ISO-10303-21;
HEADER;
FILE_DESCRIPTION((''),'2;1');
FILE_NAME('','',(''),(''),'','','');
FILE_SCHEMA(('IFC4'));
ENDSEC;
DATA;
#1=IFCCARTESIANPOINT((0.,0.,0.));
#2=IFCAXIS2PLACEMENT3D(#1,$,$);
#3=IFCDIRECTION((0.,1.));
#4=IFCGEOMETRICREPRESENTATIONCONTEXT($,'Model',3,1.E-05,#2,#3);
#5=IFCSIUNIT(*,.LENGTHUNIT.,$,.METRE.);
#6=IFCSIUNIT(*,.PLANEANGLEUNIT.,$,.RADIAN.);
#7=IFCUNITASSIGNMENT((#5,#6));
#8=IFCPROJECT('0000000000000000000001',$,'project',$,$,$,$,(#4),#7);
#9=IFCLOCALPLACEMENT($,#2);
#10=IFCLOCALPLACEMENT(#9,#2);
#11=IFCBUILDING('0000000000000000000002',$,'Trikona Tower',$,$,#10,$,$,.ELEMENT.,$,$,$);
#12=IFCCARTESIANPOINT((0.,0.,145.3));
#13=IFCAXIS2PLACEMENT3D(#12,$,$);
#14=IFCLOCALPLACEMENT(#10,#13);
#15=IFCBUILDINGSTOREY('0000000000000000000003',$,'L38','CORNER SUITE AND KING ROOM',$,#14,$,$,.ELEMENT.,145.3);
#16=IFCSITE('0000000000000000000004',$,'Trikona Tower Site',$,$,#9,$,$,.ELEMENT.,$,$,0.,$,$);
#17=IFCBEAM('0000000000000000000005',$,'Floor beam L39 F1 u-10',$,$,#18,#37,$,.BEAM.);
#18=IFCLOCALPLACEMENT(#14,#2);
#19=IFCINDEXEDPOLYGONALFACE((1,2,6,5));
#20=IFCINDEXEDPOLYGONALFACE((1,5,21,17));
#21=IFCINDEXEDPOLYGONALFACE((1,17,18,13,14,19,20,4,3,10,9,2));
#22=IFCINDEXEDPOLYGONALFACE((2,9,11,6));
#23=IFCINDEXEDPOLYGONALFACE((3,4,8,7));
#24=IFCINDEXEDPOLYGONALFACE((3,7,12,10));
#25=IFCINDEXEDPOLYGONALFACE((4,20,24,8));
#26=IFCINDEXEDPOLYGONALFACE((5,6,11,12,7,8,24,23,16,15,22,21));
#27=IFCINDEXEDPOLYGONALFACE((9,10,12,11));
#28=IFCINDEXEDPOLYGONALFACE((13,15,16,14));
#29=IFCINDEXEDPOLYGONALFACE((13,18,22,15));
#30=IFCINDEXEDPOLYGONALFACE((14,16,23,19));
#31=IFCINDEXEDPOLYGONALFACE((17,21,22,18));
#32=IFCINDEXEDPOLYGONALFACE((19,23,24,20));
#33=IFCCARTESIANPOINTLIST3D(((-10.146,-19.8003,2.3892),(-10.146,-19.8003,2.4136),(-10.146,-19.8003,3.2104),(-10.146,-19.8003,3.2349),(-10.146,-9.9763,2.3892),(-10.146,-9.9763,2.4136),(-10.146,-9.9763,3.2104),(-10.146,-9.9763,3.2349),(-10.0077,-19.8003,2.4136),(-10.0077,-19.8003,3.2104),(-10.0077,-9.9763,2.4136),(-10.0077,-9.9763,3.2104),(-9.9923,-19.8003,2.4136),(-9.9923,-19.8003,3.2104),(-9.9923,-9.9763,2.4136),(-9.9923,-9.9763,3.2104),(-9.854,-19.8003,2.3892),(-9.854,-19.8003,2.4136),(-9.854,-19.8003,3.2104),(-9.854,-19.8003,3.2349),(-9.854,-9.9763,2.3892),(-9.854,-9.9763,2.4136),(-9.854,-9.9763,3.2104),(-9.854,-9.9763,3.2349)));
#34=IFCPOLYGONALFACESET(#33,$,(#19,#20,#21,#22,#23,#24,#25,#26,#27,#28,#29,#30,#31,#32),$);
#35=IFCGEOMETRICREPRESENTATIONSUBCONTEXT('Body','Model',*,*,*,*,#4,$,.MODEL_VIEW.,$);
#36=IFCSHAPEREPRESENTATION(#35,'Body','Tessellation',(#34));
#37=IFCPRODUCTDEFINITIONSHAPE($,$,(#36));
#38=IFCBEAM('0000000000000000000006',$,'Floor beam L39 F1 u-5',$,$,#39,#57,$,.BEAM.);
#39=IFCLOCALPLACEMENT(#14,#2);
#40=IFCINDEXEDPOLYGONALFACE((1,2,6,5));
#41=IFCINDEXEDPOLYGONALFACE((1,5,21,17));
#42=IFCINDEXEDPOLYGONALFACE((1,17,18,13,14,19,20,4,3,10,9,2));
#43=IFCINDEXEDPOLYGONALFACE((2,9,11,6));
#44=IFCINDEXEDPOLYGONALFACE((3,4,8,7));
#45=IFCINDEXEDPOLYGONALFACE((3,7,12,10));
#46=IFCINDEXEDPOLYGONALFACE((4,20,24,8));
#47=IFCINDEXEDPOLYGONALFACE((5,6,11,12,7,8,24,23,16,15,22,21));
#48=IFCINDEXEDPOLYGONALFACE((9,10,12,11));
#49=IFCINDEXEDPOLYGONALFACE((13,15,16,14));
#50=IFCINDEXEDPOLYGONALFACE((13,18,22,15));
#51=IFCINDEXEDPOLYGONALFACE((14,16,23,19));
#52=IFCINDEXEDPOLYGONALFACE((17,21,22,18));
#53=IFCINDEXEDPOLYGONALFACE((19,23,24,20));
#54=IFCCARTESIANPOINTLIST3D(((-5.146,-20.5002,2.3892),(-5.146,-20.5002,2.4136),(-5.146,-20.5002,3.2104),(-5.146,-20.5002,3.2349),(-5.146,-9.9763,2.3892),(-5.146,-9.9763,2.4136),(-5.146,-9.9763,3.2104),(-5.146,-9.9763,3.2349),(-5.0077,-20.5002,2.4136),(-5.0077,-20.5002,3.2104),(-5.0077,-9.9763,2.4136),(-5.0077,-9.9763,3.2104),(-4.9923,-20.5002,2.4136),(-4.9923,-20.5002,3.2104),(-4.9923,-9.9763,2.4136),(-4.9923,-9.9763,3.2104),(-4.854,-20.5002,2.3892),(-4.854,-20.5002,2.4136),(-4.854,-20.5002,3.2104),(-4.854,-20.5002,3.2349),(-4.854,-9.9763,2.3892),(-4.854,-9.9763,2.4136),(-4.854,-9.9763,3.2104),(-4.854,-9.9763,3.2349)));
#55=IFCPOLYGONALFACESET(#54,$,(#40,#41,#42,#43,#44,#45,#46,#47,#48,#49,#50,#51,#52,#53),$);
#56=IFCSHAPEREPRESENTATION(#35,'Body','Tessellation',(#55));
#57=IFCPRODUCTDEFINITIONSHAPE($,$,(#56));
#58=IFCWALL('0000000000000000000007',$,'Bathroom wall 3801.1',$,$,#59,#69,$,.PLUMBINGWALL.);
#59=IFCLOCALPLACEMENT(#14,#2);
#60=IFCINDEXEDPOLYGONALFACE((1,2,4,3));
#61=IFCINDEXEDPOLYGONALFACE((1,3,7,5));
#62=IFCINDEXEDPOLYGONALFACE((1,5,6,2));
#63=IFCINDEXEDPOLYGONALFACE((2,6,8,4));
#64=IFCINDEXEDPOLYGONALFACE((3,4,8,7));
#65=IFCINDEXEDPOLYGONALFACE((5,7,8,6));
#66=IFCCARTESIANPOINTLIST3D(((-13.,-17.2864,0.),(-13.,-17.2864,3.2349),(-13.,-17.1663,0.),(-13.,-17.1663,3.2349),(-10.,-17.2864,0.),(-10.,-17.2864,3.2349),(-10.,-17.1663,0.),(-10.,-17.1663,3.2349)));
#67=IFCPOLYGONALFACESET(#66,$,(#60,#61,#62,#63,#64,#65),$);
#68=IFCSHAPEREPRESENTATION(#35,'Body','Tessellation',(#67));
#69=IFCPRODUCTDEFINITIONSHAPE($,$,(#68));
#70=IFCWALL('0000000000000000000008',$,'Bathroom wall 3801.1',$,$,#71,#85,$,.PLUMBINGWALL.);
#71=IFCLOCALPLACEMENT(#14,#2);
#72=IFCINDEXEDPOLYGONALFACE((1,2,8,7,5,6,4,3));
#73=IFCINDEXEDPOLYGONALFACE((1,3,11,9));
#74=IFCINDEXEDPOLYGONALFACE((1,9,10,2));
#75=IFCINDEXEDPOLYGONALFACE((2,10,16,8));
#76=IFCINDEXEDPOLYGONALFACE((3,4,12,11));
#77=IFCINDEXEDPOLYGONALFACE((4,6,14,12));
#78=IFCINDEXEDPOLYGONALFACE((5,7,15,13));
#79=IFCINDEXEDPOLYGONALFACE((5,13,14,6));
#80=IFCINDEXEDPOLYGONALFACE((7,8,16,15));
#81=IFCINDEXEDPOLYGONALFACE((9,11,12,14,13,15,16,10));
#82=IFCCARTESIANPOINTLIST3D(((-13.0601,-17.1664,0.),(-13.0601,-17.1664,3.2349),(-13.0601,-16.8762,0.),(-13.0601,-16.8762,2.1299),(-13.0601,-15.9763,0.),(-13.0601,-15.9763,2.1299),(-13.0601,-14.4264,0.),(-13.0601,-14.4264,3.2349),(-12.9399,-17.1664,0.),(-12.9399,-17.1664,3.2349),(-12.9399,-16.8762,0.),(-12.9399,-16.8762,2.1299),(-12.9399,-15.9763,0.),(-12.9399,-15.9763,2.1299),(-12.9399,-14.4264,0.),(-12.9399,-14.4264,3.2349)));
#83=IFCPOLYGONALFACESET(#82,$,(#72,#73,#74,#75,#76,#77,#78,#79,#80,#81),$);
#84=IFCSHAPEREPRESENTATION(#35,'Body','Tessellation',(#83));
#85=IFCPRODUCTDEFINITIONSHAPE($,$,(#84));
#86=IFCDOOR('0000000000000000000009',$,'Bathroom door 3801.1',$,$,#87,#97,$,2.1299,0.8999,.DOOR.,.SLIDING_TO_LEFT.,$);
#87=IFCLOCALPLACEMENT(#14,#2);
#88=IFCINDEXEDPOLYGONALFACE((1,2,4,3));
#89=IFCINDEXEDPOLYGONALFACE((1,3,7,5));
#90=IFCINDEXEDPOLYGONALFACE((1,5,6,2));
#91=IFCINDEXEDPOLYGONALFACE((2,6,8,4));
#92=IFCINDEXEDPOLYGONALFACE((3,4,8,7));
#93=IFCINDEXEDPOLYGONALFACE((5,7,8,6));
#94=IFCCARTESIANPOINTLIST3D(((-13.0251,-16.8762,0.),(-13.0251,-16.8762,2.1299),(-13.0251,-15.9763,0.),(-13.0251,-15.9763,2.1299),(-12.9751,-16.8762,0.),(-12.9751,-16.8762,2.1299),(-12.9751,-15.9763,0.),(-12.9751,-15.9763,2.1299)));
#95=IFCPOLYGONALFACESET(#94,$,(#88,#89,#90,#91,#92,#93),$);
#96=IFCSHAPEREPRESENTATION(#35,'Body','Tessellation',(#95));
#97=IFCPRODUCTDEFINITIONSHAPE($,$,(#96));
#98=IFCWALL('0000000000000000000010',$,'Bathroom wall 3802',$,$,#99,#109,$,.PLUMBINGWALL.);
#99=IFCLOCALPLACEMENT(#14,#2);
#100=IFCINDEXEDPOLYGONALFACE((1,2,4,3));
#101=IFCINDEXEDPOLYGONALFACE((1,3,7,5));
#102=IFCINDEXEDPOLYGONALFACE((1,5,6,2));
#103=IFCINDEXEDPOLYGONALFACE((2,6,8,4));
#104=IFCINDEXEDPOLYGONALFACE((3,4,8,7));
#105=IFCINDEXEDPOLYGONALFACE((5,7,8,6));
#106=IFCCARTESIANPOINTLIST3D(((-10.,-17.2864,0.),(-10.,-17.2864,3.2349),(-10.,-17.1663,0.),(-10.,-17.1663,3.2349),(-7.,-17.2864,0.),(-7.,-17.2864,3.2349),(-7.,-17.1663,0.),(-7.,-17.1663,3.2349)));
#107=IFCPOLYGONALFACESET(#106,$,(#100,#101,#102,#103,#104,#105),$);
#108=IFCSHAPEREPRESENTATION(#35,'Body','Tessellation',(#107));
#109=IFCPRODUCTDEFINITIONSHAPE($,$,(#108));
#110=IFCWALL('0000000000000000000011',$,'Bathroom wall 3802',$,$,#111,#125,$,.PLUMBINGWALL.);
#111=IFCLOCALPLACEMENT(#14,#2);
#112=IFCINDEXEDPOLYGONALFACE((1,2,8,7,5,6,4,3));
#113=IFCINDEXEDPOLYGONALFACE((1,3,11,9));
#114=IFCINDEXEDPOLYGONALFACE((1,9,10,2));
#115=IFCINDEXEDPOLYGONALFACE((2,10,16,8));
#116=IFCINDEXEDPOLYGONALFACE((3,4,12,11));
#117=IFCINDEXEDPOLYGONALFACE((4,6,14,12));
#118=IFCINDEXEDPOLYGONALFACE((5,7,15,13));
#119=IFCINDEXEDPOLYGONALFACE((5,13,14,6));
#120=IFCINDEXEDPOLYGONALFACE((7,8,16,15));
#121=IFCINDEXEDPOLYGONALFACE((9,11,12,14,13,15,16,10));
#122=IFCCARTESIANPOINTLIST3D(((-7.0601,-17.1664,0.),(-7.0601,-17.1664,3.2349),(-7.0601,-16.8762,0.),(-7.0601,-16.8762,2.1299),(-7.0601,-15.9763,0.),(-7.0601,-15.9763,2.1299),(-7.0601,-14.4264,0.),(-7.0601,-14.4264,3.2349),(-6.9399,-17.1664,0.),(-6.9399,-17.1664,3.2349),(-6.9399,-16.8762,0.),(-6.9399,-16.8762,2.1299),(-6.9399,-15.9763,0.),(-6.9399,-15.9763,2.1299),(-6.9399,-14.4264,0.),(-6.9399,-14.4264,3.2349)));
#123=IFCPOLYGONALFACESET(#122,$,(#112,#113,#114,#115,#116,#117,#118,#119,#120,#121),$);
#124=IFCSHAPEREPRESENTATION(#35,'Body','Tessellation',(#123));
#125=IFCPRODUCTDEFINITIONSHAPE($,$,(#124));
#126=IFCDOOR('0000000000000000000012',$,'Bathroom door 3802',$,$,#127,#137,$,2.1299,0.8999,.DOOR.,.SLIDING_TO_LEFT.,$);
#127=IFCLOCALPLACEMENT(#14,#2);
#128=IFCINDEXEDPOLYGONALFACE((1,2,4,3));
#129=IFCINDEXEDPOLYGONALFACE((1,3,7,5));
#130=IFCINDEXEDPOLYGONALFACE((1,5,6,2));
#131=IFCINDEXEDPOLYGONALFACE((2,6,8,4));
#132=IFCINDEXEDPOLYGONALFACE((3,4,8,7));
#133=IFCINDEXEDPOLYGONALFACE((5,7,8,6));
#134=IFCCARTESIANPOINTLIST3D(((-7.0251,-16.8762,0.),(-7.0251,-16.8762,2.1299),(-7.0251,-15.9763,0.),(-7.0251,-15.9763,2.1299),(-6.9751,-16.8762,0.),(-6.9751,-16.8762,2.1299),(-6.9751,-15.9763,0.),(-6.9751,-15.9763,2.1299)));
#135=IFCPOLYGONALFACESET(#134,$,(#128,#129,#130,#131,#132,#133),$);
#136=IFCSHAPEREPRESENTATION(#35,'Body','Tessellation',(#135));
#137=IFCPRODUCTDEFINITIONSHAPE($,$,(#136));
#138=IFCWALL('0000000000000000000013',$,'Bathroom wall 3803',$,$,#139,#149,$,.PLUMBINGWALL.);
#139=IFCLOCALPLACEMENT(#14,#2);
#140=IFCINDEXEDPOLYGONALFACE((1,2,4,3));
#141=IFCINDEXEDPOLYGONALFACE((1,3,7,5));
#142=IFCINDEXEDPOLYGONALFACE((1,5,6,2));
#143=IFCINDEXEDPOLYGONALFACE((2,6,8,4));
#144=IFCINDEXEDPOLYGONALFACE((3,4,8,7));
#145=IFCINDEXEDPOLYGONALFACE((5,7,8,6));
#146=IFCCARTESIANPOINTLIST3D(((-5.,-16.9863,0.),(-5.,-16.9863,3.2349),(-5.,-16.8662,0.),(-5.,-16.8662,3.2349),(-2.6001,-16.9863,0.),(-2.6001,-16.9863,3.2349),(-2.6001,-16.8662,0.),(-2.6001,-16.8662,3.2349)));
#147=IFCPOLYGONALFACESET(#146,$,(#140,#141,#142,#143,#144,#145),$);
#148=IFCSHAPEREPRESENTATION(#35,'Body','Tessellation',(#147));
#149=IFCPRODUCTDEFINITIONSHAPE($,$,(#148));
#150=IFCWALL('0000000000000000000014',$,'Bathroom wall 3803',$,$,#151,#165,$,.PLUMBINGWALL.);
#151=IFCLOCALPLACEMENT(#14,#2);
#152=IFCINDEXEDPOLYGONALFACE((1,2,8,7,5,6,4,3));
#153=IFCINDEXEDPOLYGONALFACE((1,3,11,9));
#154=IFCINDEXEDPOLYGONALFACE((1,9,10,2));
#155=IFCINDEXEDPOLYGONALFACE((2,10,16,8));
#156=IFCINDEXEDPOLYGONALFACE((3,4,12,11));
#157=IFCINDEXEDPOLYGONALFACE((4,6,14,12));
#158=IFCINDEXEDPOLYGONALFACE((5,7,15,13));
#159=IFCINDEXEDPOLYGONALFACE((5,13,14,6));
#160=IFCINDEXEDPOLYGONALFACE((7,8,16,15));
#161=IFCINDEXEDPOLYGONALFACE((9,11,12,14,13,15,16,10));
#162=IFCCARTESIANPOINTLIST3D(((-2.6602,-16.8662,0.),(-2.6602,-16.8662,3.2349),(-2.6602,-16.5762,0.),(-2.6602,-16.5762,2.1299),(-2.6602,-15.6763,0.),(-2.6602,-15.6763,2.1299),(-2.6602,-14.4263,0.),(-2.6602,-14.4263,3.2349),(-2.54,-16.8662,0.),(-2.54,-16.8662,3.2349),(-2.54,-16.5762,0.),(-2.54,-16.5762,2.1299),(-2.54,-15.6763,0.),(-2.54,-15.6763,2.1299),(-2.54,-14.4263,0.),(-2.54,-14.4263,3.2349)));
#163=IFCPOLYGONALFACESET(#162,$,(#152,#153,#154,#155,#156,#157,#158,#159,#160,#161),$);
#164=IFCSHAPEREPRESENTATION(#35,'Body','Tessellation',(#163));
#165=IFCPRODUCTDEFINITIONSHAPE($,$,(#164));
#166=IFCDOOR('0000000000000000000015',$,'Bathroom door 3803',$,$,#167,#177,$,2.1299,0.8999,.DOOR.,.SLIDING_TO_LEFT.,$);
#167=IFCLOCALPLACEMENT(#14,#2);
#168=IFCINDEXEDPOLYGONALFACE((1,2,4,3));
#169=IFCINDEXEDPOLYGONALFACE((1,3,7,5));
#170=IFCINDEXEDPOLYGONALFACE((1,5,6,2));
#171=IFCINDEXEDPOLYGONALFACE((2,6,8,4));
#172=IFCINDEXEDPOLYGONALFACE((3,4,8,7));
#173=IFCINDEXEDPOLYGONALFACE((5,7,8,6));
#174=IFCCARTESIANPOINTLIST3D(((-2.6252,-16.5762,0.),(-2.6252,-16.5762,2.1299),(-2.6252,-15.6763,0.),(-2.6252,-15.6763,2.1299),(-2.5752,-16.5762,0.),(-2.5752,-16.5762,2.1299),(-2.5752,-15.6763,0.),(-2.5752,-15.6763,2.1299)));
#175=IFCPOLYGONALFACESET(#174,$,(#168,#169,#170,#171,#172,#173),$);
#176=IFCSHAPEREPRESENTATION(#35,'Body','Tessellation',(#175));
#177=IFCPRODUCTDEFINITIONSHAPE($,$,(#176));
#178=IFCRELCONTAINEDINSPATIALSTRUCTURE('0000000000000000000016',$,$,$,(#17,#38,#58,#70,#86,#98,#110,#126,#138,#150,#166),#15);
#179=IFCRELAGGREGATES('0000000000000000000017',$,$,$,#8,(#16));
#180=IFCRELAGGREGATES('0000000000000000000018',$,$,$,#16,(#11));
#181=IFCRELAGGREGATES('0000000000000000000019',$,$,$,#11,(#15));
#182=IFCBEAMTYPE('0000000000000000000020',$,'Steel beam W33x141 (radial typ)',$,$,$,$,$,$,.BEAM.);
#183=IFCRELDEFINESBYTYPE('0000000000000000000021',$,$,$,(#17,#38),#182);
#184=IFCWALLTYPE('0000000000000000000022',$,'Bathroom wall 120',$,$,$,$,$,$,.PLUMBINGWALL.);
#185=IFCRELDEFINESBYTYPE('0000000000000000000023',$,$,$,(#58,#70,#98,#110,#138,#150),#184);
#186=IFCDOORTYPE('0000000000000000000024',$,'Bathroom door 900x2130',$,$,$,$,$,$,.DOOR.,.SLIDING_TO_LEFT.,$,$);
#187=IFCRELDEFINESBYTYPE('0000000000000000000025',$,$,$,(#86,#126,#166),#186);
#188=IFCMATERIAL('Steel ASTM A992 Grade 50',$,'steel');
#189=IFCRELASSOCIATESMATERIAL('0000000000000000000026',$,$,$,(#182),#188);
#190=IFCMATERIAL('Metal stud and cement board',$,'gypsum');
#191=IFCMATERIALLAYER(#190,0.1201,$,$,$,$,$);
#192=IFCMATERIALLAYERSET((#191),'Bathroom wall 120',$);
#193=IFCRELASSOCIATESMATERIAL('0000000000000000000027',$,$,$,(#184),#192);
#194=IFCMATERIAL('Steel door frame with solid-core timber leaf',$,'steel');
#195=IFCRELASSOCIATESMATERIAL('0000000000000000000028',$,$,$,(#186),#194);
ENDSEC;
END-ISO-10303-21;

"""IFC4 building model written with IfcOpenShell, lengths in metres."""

from ifc_helpers import new_model, si_unit, direction, frame, frame_2d, origin, origin_2d, place, context, subcontext, project, spatial, rectangle, i_section, extrude, material, layer, layer_set, material_profile, profile_set, type_object, element, fill, save


model = new_model("IFC4")

# Units and contexts
model_context = context("Model", 3, precision=1e-05, world=origin(), true_north=direction((0.0, 1.0)))
body_context = subcontext(model_context, "Body", "Model", "MODEL_VIEW")
ifc_project = project(units=[si_unit("LENGTHUNIT", "METRE"), si_unit("PLANEANGLEUNIT", "RADIAN")], contexts=[model_context])

# Site, building, storey
site_placement = place(None, origin())
site = spatial("IfcSite", under=ifc_project, at=site_placement, Name="Trikona Tower Site", CompositionType="ELEMENT", RefElevation=0.0)
building_placement = place(site_placement, origin())
building = spatial("IfcBuilding", under=site, at=building_placement, Name="Trikona Tower", CompositionType="ELEMENT")
storey_placement = place(building_placement, frame((0.0, 0.0, 145.3)))
storey = spatial("IfcBuildingStorey", under=building, at=storey_placement, Name="L38", Description="CORNER SUITE AND KING ROOM", CompositionType="ELEMENT", Elevation=145.3)

# Beams
ifc_material_1 = material(Name="Steel ASTM A992 Grade 50", Category="steel")
ifc_material_profile = material_profile(ifc_material_1, i_section(OverallWidth=0.292, OverallDepth=0.8457, WebThickness=0.0154, FlangeThickness=0.0244, at=origin_2d()), Name="W33X141")
ifc_profile_set = profile_set([ifc_material_profile], Name="Steel ASTM A992 Grade 50")
beam_type = type_object("IfcBeamType", Name="Steel beam W33x141 (radial typ)", PredefinedType="BEAM", material=ifc_profile_set)
beam_1_placement = place(storey_placement, frame((-10.0, -9.9763, 2.812), z_axis=(0.0, -1.0, 0.0), x_axis=(1.0, 0.0, 0.0)))
element("IfcBeam", 1, at=beam_1_placement, inside=storey, type_object=beam_type, Name="Floor beam L39 F1 u-10", PredefinedType="BEAM", context=body_context, shape_type="SweptSolid", body=[
    extrude(i_section(OverallWidth=0.292, OverallDepth=0.8457, WebThickness=0.0154, FlangeThickness=0.0244, at=origin_2d()), origin(), (0.0, 0.0, 1.0), 9.824),
])
beam_2_placement = place(storey_placement, frame((-5.0, -9.9763, 2.812), z_axis=(0.0, -1.0, 0.0), x_axis=(1.0, 0.0, 0.0)))
element("IfcBeam", 2, at=beam_2_placement, inside=storey, type_object=beam_type, Name="Floor beam L39 F1 u-5", PredefinedType="BEAM", context=body_context, shape_type="SweptSolid", body=[
    extrude(i_section(OverallWidth=0.292, OverallDepth=0.8457, WebThickness=0.0154, FlangeThickness=0.0244, at=origin_2d()), origin(), (0.0, 0.0, 1.0), 10.5239),
])

# Wall
ifc_material_2 = material(Name="Metal stud and cement board", Category="gypsum")
ifc_layer_1 = layer(ifc_material_2, 0.1201)
ifc_layer_set_1 = layer_set([ifc_layer_1], Name="Bathroom wall 120")
wall_type_1 = type_object("IfcWallType", Name="Bathroom wall 120", PredefinedType="PLUMBINGWALL", material=ifc_layer_set_1)
wall_1_placement = place(storey_placement, frame((-13.0, -17.2263, 0.0), z_axis=(0.0, 0.0, 1.0), x_axis=(1.0, 0.0, 0.0)))
element("IfcWall", 3, at=wall_1_placement, inside=storey, type_object=wall_type_1, Name="Bathroom wall 3801.1", PredefinedType="PLUMBINGWALL", context=body_context, shape_type="SweptSolid", body=[
    extrude(rectangle(XDim=3.0, YDim=0.1201, at=frame_2d((1.5, 0.0))), origin(), (0.0, 0.0, 1.0), 3.2349),
])

# Wall, opening, door
wall_2_placement = place(storey_placement, frame((-13.0, -14.4263, 0.0), z_axis=(0.0, 0.0, 1.0), x_axis=(0.0, -1.0, 0.0)))
wall_2 = element("IfcWall", 4, at=wall_2_placement, inside=storey, type_object=wall_type_1, Name="Bathroom wall 3801.1", PredefinedType="PLUMBINGWALL", context=body_context, shape_type="SweptSolid", body=[
    extrude(rectangle(XDim=2.74, YDim=0.1201, at=frame_2d((1.3701, 0.0))), origin(), (0.0, 0.0, 1.0), 3.2349),
])
opening_1_placement = place(wall_2_placement, frame((1.55, 0.0, 0.0)))
opening_1 = element("IfcOpeningElement", 5, at=opening_1_placement, cuts=wall_2, PredefinedType="OPENING", context=body_context, shape_type="SweptSolid", body=[
    extrude(rectangle(XDim=0.8999, YDim=2.1299, at=frame_2d((0.45, 1.0649))), frame((0.0, 0.0701, 0.0), z_axis=(0.0, -1.0, 0.0), x_axis=(1.0, 0.0, 0.0)), (0.0, 0.0, 1.0), 0.1401),
])
ifc_material_3 = material(Name="Steel door frame with solid-core timber leaf", Category="steel")
door_type_1 = type_object("IfcDoorType", Name="Bathroom door 900x2130", OperationType="SLIDING_TO_LEFT", PredefinedType="DOOR", material=ifc_material_3)
door_1_placement = place(opening_1_placement, origin())
door_1 = element("IfcDoor", 6, at=door_1_placement, inside=storey, type_object=door_type_1, Name="Bathroom door 3801.1", OperationType="SLIDING_TO_LEFT", OverallHeight=2.1299, OverallWidth=0.8999, PredefinedType="DOOR", context=body_context, shape_type="SweptSolid", body=[
    extrude(rectangle(XDim=0.8999, YDim=2.1299, at=frame_2d((0.45, 1.0649))), frame((0.0, 0.0249, 0.0), z_axis=(0.0, -1.0, 0.0), x_axis=(1.0, 0.0, 0.0)), (0.0, 0.0, 1.0), 0.05),
])
fill(opening_1, door_1)

# Wall
wall_3_placement = place(storey_placement, frame((-10.0, -17.2263, 0.0), z_axis=(0.0, 0.0, 1.0), x_axis=(1.0, 0.0, 0.0)))
element("IfcWall", 7, at=wall_3_placement, inside=storey, type_object=wall_type_1, Name="Bathroom wall 3802", PredefinedType="PLUMBINGWALL", context=body_context, shape_type="SweptSolid", body=[
    extrude(rectangle(XDim=3.0, YDim=0.1201, at=frame_2d((1.5, 0.0))), origin(), (0.0, 0.0, 1.0), 3.2349),
])

# Wall, opening, door
wall_4_placement = place(storey_placement, frame((-7.0, -14.4263, 0.0), z_axis=(0.0, 0.0, 1.0), x_axis=(0.0, -1.0, 0.0)))
wall_4 = element("IfcWall", 8, at=wall_4_placement, inside=storey, type_object=wall_type_1, Name="Bathroom wall 3802", PredefinedType="PLUMBINGWALL", context=body_context, shape_type="SweptSolid", body=[
    extrude(rectangle(XDim=2.74, YDim=0.1201, at=frame_2d((1.3701, 0.0))), origin(), (0.0, 0.0, 1.0), 3.2349),
])
opening_2_placement = place(wall_4_placement, frame((1.55, 0.0, 0.0)))
opening_2 = element("IfcOpeningElement", 9, at=opening_2_placement, cuts=wall_4, PredefinedType="OPENING", context=body_context, shape_type="SweptSolid", body=[
    extrude(rectangle(XDim=0.8999, YDim=2.1299, at=frame_2d((0.45, 1.0649))), frame((0.0, 0.0701, 0.0), z_axis=(0.0, -1.0, 0.0), x_axis=(1.0, 0.0, 0.0)), (0.0, 0.0, 1.0), 0.1401),
])
door_2_placement = place(opening_2_placement, origin())
door_2 = element("IfcDoor", 10, at=door_2_placement, inside=storey, type_object=door_type_1, Name="Bathroom door 3802", OperationType="SLIDING_TO_LEFT", OverallHeight=2.1299, OverallWidth=0.8999, PredefinedType="DOOR", context=body_context, shape_type="SweptSolid", body=[
    extrude(rectangle(XDim=0.8999, YDim=2.1299, at=frame_2d((0.45, 1.0649))), frame((0.0, 0.0249, 0.0), z_axis=(0.0, -1.0, 0.0), x_axis=(1.0, 0.0, 0.0)), (0.0, 0.0, 1.0), 0.05),
])
fill(opening_2, door_2)

# Wall
wall_5_placement = place(storey_placement, frame((-5.0, -16.9263, 0.0), z_axis=(0.0, 0.0, 1.0), x_axis=(1.0, 0.0, 0.0)))
element("IfcWall", 11, at=wall_5_placement, inside=storey, type_object=wall_type_1, Name="Bathroom wall 3803", PredefinedType="PLUMBINGWALL", context=body_context, shape_type="SweptSolid", body=[
    extrude(rectangle(XDim=2.3999, YDim=0.1201, at=frame_2d((1.2, 0.0))), origin(), (0.0, 0.0, 1.0), 3.2349),
])

# Wall, opening, door
wall_6_placement = place(storey_placement, frame((-2.6001, -14.4263, 0.0), z_axis=(0.0, 0.0, 1.0), x_axis=(0.0, -1.0, 0.0)))
wall_6 = element("IfcWall", 12, at=wall_6_placement, inside=storey, type_object=wall_type_1, Name="Bathroom wall 3803", PredefinedType="PLUMBINGWALL", context=body_context, shape_type="SweptSolid", body=[
    extrude(rectangle(XDim=2.4399, YDim=0.1201, at=frame_2d((1.22, 0.0))), origin(), (0.0, 0.0, 1.0), 3.2349),
])
opening_3_placement = place(wall_6_placement, frame((1.25, 0.0, 0.0)))
opening_3 = element("IfcOpeningElement", 13, at=opening_3_placement, cuts=wall_6, PredefinedType="OPENING", context=body_context, shape_type="SweptSolid", body=[
    extrude(rectangle(XDim=0.8999, YDim=2.1299, at=frame_2d((0.45, 1.0649))), frame((0.0, 0.0701, 0.0), z_axis=(0.0, -1.0, 0.0), x_axis=(1.0, 0.0, 0.0)), (0.0, 0.0, 1.0), 0.1401),
])
door_3_placement = place(opening_3_placement, origin())
door_3 = element("IfcDoor", 14, at=door_3_placement, inside=storey, type_object=door_type_1, Name="Bathroom door 3803", OperationType="SLIDING_TO_LEFT", OverallHeight=2.1299, OverallWidth=0.8999, PredefinedType="DOOR", context=body_context, shape_type="SweptSolid", body=[
    extrude(rectangle(XDim=0.8999, YDim=2.1299, at=frame_2d((0.45, 1.0649))), frame((0.0, 0.0249, 0.0), z_axis=(0.0, -1.0, 0.0), x_axis=(1.0, 0.0, 0.0)), (0.0, 0.0, 1.0), 0.05),
])
fill(opening_3, door_3)

save(model, "model.ifc")
